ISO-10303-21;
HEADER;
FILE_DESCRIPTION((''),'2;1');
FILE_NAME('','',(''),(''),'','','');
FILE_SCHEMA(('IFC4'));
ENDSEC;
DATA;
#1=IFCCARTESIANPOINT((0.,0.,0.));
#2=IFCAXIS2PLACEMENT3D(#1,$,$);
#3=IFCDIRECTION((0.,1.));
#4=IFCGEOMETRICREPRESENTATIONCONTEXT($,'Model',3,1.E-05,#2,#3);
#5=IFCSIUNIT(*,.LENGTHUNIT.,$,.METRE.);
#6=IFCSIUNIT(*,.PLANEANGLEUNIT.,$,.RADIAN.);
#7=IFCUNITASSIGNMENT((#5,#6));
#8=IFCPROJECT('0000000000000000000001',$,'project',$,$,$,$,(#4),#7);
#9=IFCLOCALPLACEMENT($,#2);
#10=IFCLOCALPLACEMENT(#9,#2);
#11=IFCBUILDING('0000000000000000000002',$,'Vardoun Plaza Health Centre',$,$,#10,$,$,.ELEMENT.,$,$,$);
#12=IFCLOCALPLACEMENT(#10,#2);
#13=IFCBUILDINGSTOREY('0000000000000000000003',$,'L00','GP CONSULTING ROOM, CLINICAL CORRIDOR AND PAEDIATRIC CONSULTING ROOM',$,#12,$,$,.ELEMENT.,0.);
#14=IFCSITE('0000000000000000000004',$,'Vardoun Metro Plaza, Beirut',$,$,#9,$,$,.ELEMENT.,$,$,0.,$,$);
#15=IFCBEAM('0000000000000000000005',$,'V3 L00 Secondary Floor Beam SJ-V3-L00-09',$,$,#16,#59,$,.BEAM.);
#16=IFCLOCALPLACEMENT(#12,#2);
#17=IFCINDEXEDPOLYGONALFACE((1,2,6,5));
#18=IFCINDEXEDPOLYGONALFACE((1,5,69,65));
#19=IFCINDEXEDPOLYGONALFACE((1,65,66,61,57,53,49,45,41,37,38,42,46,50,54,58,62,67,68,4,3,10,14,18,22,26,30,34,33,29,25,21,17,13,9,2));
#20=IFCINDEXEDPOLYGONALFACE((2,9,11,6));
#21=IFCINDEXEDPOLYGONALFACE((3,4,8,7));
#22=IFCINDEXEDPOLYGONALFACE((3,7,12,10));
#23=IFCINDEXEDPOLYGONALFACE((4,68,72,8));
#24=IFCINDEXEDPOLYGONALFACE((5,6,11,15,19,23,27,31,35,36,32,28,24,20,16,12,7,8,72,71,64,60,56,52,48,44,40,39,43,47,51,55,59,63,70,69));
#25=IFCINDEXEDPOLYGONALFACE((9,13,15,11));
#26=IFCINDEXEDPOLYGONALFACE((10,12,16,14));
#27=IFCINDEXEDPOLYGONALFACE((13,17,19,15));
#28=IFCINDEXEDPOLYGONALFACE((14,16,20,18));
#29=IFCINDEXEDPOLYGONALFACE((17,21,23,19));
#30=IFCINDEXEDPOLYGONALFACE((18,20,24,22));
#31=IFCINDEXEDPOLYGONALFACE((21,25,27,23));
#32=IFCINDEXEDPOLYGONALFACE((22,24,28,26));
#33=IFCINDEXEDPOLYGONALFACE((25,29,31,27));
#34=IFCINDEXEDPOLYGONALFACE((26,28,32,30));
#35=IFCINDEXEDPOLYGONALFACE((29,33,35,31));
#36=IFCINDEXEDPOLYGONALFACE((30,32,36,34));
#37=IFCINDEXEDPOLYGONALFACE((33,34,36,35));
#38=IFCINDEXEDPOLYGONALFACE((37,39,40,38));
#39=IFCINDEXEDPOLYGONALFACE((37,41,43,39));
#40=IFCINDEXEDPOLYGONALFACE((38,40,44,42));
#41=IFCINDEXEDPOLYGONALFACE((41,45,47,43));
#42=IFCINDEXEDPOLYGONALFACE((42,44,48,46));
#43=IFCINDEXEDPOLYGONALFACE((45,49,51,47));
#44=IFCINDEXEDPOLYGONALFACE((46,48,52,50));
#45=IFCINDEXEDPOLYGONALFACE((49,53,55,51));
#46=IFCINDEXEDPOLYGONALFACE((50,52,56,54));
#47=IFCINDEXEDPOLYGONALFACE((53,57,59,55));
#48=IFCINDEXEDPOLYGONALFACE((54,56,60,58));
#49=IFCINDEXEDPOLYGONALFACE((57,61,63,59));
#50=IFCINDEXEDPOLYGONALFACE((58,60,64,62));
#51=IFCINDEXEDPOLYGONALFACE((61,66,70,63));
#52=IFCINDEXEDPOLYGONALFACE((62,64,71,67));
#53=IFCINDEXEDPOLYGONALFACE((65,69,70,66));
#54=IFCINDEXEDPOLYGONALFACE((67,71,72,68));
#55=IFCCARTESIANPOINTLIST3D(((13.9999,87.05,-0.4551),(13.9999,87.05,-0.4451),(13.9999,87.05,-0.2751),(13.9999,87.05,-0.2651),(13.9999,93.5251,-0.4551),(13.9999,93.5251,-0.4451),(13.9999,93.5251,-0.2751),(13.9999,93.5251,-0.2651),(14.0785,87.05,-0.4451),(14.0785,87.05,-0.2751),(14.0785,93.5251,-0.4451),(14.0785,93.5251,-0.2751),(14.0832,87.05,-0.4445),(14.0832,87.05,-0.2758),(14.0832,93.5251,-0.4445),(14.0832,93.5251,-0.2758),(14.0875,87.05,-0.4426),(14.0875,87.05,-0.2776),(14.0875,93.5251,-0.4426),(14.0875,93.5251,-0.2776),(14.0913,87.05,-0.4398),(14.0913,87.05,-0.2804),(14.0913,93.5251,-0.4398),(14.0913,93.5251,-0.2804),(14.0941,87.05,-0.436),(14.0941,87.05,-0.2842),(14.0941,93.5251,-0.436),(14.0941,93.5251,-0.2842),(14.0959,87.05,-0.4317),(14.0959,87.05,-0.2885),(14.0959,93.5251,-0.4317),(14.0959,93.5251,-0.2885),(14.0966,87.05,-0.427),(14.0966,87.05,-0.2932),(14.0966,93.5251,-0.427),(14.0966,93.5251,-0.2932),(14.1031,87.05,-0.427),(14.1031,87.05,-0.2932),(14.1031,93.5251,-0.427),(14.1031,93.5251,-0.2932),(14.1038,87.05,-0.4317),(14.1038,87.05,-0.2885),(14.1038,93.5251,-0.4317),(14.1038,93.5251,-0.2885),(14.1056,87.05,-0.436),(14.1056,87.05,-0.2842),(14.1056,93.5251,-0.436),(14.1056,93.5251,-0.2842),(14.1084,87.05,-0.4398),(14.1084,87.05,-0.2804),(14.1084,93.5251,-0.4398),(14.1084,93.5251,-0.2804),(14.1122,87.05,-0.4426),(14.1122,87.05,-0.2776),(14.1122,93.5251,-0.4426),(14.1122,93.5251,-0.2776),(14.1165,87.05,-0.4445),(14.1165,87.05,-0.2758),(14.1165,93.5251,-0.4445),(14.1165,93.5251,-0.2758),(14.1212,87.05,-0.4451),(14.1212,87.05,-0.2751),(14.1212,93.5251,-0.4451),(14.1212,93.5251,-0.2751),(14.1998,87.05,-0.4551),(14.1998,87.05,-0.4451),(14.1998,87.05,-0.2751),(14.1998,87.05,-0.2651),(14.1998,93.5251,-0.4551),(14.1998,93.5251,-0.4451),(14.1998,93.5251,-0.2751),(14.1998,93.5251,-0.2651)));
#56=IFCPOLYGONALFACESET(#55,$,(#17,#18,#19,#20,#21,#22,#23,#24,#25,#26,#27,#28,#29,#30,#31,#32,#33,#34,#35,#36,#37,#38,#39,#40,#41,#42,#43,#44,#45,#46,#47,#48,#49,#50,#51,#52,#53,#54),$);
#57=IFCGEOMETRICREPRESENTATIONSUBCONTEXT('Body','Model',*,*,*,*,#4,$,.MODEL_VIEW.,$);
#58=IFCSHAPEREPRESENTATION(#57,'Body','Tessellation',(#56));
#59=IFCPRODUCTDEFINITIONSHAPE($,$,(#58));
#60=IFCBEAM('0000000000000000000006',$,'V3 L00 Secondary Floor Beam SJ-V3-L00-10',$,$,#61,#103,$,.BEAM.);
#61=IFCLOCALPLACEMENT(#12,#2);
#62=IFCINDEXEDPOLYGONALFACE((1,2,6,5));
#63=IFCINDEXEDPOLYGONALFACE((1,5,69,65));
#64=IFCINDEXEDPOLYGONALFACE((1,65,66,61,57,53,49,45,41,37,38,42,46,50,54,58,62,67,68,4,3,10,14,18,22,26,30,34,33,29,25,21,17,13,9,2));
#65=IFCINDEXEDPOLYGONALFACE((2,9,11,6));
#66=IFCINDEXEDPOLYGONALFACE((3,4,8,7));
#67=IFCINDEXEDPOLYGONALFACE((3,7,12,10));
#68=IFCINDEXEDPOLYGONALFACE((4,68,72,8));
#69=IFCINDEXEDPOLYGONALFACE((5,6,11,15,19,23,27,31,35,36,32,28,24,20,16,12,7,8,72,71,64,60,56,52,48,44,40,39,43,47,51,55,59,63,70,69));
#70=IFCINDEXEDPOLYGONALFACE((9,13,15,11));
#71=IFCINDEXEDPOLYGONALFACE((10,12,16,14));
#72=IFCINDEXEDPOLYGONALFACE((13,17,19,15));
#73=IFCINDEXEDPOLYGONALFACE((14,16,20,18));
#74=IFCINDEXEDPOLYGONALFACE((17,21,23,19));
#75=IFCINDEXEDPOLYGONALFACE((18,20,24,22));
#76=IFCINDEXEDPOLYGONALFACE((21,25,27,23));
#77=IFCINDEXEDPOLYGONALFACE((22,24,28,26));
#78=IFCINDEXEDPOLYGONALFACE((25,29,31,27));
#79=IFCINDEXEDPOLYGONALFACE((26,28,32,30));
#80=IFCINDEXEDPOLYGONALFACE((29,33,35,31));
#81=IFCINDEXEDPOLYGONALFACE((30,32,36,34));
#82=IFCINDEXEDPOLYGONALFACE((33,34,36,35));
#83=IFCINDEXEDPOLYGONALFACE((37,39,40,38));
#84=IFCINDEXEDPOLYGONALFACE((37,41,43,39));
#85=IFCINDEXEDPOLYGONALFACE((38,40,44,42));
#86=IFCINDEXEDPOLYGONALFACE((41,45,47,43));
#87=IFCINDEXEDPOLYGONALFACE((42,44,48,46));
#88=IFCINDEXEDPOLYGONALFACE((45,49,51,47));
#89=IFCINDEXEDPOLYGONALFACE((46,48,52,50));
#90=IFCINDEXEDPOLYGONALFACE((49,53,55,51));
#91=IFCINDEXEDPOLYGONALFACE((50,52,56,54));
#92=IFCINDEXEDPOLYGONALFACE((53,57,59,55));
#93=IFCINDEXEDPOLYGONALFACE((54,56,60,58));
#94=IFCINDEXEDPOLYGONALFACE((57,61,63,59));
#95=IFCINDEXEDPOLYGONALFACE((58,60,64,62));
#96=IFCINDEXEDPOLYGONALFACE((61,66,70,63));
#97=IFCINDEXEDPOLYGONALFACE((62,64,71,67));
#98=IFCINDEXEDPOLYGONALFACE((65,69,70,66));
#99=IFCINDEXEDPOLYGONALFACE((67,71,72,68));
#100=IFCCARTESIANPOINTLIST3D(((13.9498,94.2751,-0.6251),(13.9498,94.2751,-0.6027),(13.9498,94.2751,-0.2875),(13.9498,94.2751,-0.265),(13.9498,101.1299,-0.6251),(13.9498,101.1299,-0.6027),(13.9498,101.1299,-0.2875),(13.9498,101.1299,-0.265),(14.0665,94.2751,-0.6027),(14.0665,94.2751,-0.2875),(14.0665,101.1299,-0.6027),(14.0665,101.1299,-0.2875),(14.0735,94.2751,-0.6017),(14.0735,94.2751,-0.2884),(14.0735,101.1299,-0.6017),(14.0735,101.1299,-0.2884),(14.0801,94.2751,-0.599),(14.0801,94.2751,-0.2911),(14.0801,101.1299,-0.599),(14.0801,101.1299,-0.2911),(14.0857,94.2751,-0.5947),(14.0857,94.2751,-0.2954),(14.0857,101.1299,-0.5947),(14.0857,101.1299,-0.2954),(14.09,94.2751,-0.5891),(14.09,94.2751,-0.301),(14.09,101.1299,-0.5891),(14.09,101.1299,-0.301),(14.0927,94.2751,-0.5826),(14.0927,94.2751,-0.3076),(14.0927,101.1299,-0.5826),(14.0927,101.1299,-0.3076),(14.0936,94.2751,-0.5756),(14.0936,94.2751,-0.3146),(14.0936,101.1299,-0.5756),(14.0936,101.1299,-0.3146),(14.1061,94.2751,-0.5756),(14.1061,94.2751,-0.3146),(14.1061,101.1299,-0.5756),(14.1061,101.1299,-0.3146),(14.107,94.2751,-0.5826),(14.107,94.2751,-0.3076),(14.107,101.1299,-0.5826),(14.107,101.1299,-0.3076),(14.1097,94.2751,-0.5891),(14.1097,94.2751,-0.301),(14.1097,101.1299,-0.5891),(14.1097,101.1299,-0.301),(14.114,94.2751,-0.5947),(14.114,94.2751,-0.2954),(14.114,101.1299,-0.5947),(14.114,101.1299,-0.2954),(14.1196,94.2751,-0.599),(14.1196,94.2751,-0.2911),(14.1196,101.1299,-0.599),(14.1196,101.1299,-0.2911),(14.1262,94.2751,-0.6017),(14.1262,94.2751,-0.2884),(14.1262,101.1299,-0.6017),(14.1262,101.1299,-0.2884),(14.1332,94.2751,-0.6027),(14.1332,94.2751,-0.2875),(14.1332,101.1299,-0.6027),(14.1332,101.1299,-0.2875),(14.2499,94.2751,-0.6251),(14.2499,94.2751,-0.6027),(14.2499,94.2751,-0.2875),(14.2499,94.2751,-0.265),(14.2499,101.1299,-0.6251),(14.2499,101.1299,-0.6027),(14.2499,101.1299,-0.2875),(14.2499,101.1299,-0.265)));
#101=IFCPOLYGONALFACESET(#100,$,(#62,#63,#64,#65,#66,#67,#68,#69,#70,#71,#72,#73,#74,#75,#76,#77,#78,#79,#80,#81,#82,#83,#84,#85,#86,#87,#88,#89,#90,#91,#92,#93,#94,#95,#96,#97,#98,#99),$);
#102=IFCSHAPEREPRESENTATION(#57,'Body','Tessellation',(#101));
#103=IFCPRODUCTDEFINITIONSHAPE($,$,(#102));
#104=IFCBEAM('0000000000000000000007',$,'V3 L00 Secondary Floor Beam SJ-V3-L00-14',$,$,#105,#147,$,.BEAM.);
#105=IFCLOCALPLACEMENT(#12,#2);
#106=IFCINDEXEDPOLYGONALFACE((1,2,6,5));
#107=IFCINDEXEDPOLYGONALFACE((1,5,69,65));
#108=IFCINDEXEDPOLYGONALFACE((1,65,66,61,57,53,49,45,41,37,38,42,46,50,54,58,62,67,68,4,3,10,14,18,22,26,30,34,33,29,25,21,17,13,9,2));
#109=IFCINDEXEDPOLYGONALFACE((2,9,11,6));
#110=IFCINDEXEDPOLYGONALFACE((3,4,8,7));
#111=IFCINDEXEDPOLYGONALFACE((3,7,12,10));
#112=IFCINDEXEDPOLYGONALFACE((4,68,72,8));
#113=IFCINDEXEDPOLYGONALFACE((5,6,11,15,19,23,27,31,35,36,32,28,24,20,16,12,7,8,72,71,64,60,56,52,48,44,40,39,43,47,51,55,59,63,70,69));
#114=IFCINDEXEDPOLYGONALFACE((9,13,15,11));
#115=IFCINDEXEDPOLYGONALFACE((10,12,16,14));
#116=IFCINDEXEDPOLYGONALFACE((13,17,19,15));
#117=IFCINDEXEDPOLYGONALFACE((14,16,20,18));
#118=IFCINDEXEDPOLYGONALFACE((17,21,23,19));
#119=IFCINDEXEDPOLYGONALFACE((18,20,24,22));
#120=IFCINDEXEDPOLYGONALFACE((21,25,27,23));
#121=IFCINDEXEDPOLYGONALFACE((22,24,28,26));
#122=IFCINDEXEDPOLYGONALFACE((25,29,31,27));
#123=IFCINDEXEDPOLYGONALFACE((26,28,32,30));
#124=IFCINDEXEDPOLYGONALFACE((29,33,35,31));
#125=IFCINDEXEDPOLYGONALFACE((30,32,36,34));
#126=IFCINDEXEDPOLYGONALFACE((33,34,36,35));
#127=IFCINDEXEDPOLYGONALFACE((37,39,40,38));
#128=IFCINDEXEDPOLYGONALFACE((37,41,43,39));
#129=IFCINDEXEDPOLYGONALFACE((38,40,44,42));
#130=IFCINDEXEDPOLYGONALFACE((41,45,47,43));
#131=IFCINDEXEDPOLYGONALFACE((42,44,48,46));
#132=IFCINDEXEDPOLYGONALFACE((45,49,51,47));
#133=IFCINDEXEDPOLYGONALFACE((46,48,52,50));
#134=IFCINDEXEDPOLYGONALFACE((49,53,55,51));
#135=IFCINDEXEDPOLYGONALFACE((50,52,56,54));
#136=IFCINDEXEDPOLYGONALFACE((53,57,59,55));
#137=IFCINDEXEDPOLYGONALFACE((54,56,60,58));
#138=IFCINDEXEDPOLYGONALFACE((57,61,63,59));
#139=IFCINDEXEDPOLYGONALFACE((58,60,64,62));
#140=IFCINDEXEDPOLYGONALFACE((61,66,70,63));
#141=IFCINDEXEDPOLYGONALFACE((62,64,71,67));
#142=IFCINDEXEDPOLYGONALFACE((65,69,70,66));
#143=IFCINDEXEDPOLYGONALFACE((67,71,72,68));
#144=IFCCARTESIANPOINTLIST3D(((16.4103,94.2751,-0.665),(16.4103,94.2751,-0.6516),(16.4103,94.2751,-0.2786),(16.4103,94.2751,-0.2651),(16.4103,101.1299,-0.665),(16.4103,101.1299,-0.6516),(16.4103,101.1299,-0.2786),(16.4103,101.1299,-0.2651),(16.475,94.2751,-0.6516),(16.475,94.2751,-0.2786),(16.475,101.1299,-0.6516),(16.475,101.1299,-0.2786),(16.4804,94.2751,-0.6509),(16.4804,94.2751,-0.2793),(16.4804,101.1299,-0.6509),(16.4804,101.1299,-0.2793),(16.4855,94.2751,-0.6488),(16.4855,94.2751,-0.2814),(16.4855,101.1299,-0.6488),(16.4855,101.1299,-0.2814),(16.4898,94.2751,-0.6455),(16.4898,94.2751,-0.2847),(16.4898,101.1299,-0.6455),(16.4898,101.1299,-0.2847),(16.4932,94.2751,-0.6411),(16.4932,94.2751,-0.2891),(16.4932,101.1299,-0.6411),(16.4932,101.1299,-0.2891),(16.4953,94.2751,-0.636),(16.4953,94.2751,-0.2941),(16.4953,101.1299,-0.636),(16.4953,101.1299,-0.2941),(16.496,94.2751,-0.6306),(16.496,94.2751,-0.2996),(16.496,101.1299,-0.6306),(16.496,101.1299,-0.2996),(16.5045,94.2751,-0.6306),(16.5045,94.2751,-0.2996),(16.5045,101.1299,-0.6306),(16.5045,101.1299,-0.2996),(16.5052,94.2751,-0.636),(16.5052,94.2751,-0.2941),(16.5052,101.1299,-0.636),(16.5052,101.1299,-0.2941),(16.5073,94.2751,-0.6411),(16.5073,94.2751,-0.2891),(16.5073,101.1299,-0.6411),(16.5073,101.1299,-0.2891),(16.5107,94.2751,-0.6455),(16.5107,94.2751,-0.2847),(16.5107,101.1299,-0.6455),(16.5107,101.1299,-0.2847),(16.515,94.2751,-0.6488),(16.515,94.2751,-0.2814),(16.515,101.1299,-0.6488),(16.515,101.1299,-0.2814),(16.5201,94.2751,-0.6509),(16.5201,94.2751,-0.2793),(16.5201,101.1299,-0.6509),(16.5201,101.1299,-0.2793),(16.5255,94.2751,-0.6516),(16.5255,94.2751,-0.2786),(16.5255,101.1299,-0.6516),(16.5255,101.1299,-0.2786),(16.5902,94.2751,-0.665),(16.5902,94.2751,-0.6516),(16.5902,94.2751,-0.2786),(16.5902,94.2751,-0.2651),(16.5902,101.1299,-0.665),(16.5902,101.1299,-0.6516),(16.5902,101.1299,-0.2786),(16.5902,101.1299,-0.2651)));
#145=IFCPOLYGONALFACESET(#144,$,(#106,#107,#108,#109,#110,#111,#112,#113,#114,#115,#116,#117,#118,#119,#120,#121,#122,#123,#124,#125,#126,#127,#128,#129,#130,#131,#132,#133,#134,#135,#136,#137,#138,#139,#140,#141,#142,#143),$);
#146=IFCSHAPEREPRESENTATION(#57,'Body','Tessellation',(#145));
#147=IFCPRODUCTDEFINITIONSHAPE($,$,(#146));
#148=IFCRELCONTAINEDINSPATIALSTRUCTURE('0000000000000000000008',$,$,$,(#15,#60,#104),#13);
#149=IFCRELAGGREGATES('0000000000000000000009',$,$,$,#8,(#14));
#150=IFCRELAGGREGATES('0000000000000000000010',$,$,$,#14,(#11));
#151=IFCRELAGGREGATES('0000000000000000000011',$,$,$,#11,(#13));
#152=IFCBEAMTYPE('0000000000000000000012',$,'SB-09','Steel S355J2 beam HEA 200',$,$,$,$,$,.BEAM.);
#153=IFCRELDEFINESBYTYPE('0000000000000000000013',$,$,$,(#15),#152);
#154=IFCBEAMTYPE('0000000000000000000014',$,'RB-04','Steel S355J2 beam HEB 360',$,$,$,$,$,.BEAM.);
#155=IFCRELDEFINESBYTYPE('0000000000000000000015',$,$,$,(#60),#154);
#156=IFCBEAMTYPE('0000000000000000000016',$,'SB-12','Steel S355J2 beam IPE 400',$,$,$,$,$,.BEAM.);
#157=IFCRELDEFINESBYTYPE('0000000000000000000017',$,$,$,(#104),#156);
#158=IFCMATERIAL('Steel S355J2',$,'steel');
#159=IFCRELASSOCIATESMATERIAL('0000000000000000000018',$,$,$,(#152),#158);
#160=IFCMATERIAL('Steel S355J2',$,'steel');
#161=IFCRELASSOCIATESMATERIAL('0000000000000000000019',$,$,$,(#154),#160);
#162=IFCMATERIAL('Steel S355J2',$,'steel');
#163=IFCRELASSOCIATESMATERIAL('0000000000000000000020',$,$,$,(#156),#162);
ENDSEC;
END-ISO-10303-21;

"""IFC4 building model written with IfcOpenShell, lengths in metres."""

from ifc_helpers import new_model, si_unit, direction, frame, origin, origin_2d, place, context, subcontext, project, spatial, i_section, extrude, material, material_profile, profile_set, type_object, element, save


model = new_model("IFC4")

# Units and contexts
model_context = context("Model", 3, precision=1e-05, world=origin(), true_north=direction((0.0, 1.0)))
body_context = subcontext(model_context, "Body", "Model", "MODEL_VIEW")
ifc_project = project(units=[si_unit("LENGTHUNIT", "METRE"), si_unit("PLANEANGLEUNIT", "RADIAN")], contexts=[model_context])

# Site, building, storey
site_placement = place(None, origin())
site = spatial("IfcSite", under=ifc_project, at=site_placement, Name="Vardoun Metro Plaza, Beirut", CompositionType="ELEMENT", RefElevation=0.0)
building_placement = place(site_placement, origin())
building = spatial("IfcBuilding", under=site, at=building_placement, Name="Vardoun Plaza Health Centre", CompositionType="ELEMENT")
storey_placement = place(building_placement, origin())
storey = spatial("IfcBuildingStorey", under=building, at=storey_placement, Name="L00", Description="GP CONSULTING ROOM, CLINICAL CORRIDOR AND PAEDIATRIC CONSULTING ROOM", CompositionType="ELEMENT", Elevation=0.0)

# Beams
ifc_material_1 = material(Name="Steel S355J2", Category="steel")
ifc_material_profile_1 = material_profile(ifc_material_1, i_section(OverallWidth=0.2, OverallDepth=0.1899, WebThickness=0.0066, FlangeThickness=0.01, FilletRadius=0.0181, at=origin_2d()), Name="HEA 200")
ifc_profile_set_1 = profile_set([ifc_material_profile_1], Name="Steel S355J2")
beam_type_1 = type_object("IfcBeamType", Name="SB-09", Description="Steel S355J2 beam HEA 200", PredefinedType="BEAM", material=ifc_profile_set_1)
beam_1_placement = place(storey_placement, frame((14.0999, 87.05, -0.3601), z_axis=(0.0, 1.0, 0.0), x_axis=(-1.0, 0.0, 0.0)))
element("IfcBeam", 1, at=beam_1_placement, inside=storey, type_object=beam_type_1, Name="V3 L00 Secondary Floor Beam SJ-V3-L00-09", PredefinedType="BEAM", context=body_context, shape_type="SweptSolid", body=[
    extrude(i_section(OverallWidth=0.2, OverallDepth=0.1899, WebThickness=0.0066, FlangeThickness=0.01, FilletRadius=0.0181, at=origin_2d()), origin(), (0.0, 0.0, 1.0), 6.4751),
])
ifc_material_2 = material(Name="Steel S355J2", Category="steel")
ifc_material_profile_2 = material_profile(ifc_material_2, i_section(OverallWidth=0.3, OverallDepth=0.3601, WebThickness=0.0125, FlangeThickness=0.0225, FilletRadius=0.0271, at=origin_2d()), Name="HEB 360")
ifc_profile_set_2 = profile_set([ifc_material_profile_2], Name="Steel S355J2")
beam_type_2 = type_object("IfcBeamType", Name="RB-04", Description="Steel S355J2 beam HEB 360", PredefinedType="BEAM", material=ifc_profile_set_2)
beam_2_placement = place(storey_placement, frame((14.0999, 94.2751, -0.4451), z_axis=(0.0, 1.0, 0.0), x_axis=(-1.0, 0.0, 0.0)))
element("IfcBeam", 2, at=beam_2_placement, inside=storey, type_object=beam_type_2, Name="V3 L00 Secondary Floor Beam SJ-V3-L00-10", PredefinedType="BEAM", context=body_context, shape_type="SweptSolid", body=[
    extrude(i_section(OverallWidth=0.3, OverallDepth=0.3601, WebThickness=0.0125, FlangeThickness=0.0225, FilletRadius=0.0271, at=origin_2d()), origin(), (0.0, 0.0, 1.0), 6.8547),
])
ifc_material_3 = material(Name="Steel S355J2", Category="steel")
ifc_material_profile_3 = material_profile(ifc_material_3, i_section(OverallWidth=0.1799, OverallDepth=0.3999, WebThickness=0.0085, FlangeThickness=0.0134, FilletRadius=0.021, at=origin_2d()), Name="IPE 400")
ifc_profile_set_3 = profile_set([ifc_material_profile_3], Name="Steel S355J2")
beam_type_3 = type_object("IfcBeamType", Name="SB-12", Description="Steel S355J2 beam IPE 400", PredefinedType="BEAM", material=ifc_profile_set_3)
beam_3_placement = place(storey_placement, frame((16.5002, 94.2751, -0.4651), z_axis=(0.0, 1.0, 0.0), x_axis=(-1.0, 0.0, 0.0)))
element("IfcBeam", 3, at=beam_3_placement, inside=storey, type_object=beam_type_3, Name="V3 L00 Secondary Floor Beam SJ-V3-L00-14", PredefinedType="BEAM", context=body_context, shape_type="SweptSolid", body=[
    extrude(i_section(OverallWidth=0.1799, OverallDepth=0.3999, WebThickness=0.0085, FlangeThickness=0.0134, FilletRadius=0.021, at=origin_2d()), origin(), (0.0, 0.0, 1.0), 6.8547),
])

save(model, "model.ifc")
